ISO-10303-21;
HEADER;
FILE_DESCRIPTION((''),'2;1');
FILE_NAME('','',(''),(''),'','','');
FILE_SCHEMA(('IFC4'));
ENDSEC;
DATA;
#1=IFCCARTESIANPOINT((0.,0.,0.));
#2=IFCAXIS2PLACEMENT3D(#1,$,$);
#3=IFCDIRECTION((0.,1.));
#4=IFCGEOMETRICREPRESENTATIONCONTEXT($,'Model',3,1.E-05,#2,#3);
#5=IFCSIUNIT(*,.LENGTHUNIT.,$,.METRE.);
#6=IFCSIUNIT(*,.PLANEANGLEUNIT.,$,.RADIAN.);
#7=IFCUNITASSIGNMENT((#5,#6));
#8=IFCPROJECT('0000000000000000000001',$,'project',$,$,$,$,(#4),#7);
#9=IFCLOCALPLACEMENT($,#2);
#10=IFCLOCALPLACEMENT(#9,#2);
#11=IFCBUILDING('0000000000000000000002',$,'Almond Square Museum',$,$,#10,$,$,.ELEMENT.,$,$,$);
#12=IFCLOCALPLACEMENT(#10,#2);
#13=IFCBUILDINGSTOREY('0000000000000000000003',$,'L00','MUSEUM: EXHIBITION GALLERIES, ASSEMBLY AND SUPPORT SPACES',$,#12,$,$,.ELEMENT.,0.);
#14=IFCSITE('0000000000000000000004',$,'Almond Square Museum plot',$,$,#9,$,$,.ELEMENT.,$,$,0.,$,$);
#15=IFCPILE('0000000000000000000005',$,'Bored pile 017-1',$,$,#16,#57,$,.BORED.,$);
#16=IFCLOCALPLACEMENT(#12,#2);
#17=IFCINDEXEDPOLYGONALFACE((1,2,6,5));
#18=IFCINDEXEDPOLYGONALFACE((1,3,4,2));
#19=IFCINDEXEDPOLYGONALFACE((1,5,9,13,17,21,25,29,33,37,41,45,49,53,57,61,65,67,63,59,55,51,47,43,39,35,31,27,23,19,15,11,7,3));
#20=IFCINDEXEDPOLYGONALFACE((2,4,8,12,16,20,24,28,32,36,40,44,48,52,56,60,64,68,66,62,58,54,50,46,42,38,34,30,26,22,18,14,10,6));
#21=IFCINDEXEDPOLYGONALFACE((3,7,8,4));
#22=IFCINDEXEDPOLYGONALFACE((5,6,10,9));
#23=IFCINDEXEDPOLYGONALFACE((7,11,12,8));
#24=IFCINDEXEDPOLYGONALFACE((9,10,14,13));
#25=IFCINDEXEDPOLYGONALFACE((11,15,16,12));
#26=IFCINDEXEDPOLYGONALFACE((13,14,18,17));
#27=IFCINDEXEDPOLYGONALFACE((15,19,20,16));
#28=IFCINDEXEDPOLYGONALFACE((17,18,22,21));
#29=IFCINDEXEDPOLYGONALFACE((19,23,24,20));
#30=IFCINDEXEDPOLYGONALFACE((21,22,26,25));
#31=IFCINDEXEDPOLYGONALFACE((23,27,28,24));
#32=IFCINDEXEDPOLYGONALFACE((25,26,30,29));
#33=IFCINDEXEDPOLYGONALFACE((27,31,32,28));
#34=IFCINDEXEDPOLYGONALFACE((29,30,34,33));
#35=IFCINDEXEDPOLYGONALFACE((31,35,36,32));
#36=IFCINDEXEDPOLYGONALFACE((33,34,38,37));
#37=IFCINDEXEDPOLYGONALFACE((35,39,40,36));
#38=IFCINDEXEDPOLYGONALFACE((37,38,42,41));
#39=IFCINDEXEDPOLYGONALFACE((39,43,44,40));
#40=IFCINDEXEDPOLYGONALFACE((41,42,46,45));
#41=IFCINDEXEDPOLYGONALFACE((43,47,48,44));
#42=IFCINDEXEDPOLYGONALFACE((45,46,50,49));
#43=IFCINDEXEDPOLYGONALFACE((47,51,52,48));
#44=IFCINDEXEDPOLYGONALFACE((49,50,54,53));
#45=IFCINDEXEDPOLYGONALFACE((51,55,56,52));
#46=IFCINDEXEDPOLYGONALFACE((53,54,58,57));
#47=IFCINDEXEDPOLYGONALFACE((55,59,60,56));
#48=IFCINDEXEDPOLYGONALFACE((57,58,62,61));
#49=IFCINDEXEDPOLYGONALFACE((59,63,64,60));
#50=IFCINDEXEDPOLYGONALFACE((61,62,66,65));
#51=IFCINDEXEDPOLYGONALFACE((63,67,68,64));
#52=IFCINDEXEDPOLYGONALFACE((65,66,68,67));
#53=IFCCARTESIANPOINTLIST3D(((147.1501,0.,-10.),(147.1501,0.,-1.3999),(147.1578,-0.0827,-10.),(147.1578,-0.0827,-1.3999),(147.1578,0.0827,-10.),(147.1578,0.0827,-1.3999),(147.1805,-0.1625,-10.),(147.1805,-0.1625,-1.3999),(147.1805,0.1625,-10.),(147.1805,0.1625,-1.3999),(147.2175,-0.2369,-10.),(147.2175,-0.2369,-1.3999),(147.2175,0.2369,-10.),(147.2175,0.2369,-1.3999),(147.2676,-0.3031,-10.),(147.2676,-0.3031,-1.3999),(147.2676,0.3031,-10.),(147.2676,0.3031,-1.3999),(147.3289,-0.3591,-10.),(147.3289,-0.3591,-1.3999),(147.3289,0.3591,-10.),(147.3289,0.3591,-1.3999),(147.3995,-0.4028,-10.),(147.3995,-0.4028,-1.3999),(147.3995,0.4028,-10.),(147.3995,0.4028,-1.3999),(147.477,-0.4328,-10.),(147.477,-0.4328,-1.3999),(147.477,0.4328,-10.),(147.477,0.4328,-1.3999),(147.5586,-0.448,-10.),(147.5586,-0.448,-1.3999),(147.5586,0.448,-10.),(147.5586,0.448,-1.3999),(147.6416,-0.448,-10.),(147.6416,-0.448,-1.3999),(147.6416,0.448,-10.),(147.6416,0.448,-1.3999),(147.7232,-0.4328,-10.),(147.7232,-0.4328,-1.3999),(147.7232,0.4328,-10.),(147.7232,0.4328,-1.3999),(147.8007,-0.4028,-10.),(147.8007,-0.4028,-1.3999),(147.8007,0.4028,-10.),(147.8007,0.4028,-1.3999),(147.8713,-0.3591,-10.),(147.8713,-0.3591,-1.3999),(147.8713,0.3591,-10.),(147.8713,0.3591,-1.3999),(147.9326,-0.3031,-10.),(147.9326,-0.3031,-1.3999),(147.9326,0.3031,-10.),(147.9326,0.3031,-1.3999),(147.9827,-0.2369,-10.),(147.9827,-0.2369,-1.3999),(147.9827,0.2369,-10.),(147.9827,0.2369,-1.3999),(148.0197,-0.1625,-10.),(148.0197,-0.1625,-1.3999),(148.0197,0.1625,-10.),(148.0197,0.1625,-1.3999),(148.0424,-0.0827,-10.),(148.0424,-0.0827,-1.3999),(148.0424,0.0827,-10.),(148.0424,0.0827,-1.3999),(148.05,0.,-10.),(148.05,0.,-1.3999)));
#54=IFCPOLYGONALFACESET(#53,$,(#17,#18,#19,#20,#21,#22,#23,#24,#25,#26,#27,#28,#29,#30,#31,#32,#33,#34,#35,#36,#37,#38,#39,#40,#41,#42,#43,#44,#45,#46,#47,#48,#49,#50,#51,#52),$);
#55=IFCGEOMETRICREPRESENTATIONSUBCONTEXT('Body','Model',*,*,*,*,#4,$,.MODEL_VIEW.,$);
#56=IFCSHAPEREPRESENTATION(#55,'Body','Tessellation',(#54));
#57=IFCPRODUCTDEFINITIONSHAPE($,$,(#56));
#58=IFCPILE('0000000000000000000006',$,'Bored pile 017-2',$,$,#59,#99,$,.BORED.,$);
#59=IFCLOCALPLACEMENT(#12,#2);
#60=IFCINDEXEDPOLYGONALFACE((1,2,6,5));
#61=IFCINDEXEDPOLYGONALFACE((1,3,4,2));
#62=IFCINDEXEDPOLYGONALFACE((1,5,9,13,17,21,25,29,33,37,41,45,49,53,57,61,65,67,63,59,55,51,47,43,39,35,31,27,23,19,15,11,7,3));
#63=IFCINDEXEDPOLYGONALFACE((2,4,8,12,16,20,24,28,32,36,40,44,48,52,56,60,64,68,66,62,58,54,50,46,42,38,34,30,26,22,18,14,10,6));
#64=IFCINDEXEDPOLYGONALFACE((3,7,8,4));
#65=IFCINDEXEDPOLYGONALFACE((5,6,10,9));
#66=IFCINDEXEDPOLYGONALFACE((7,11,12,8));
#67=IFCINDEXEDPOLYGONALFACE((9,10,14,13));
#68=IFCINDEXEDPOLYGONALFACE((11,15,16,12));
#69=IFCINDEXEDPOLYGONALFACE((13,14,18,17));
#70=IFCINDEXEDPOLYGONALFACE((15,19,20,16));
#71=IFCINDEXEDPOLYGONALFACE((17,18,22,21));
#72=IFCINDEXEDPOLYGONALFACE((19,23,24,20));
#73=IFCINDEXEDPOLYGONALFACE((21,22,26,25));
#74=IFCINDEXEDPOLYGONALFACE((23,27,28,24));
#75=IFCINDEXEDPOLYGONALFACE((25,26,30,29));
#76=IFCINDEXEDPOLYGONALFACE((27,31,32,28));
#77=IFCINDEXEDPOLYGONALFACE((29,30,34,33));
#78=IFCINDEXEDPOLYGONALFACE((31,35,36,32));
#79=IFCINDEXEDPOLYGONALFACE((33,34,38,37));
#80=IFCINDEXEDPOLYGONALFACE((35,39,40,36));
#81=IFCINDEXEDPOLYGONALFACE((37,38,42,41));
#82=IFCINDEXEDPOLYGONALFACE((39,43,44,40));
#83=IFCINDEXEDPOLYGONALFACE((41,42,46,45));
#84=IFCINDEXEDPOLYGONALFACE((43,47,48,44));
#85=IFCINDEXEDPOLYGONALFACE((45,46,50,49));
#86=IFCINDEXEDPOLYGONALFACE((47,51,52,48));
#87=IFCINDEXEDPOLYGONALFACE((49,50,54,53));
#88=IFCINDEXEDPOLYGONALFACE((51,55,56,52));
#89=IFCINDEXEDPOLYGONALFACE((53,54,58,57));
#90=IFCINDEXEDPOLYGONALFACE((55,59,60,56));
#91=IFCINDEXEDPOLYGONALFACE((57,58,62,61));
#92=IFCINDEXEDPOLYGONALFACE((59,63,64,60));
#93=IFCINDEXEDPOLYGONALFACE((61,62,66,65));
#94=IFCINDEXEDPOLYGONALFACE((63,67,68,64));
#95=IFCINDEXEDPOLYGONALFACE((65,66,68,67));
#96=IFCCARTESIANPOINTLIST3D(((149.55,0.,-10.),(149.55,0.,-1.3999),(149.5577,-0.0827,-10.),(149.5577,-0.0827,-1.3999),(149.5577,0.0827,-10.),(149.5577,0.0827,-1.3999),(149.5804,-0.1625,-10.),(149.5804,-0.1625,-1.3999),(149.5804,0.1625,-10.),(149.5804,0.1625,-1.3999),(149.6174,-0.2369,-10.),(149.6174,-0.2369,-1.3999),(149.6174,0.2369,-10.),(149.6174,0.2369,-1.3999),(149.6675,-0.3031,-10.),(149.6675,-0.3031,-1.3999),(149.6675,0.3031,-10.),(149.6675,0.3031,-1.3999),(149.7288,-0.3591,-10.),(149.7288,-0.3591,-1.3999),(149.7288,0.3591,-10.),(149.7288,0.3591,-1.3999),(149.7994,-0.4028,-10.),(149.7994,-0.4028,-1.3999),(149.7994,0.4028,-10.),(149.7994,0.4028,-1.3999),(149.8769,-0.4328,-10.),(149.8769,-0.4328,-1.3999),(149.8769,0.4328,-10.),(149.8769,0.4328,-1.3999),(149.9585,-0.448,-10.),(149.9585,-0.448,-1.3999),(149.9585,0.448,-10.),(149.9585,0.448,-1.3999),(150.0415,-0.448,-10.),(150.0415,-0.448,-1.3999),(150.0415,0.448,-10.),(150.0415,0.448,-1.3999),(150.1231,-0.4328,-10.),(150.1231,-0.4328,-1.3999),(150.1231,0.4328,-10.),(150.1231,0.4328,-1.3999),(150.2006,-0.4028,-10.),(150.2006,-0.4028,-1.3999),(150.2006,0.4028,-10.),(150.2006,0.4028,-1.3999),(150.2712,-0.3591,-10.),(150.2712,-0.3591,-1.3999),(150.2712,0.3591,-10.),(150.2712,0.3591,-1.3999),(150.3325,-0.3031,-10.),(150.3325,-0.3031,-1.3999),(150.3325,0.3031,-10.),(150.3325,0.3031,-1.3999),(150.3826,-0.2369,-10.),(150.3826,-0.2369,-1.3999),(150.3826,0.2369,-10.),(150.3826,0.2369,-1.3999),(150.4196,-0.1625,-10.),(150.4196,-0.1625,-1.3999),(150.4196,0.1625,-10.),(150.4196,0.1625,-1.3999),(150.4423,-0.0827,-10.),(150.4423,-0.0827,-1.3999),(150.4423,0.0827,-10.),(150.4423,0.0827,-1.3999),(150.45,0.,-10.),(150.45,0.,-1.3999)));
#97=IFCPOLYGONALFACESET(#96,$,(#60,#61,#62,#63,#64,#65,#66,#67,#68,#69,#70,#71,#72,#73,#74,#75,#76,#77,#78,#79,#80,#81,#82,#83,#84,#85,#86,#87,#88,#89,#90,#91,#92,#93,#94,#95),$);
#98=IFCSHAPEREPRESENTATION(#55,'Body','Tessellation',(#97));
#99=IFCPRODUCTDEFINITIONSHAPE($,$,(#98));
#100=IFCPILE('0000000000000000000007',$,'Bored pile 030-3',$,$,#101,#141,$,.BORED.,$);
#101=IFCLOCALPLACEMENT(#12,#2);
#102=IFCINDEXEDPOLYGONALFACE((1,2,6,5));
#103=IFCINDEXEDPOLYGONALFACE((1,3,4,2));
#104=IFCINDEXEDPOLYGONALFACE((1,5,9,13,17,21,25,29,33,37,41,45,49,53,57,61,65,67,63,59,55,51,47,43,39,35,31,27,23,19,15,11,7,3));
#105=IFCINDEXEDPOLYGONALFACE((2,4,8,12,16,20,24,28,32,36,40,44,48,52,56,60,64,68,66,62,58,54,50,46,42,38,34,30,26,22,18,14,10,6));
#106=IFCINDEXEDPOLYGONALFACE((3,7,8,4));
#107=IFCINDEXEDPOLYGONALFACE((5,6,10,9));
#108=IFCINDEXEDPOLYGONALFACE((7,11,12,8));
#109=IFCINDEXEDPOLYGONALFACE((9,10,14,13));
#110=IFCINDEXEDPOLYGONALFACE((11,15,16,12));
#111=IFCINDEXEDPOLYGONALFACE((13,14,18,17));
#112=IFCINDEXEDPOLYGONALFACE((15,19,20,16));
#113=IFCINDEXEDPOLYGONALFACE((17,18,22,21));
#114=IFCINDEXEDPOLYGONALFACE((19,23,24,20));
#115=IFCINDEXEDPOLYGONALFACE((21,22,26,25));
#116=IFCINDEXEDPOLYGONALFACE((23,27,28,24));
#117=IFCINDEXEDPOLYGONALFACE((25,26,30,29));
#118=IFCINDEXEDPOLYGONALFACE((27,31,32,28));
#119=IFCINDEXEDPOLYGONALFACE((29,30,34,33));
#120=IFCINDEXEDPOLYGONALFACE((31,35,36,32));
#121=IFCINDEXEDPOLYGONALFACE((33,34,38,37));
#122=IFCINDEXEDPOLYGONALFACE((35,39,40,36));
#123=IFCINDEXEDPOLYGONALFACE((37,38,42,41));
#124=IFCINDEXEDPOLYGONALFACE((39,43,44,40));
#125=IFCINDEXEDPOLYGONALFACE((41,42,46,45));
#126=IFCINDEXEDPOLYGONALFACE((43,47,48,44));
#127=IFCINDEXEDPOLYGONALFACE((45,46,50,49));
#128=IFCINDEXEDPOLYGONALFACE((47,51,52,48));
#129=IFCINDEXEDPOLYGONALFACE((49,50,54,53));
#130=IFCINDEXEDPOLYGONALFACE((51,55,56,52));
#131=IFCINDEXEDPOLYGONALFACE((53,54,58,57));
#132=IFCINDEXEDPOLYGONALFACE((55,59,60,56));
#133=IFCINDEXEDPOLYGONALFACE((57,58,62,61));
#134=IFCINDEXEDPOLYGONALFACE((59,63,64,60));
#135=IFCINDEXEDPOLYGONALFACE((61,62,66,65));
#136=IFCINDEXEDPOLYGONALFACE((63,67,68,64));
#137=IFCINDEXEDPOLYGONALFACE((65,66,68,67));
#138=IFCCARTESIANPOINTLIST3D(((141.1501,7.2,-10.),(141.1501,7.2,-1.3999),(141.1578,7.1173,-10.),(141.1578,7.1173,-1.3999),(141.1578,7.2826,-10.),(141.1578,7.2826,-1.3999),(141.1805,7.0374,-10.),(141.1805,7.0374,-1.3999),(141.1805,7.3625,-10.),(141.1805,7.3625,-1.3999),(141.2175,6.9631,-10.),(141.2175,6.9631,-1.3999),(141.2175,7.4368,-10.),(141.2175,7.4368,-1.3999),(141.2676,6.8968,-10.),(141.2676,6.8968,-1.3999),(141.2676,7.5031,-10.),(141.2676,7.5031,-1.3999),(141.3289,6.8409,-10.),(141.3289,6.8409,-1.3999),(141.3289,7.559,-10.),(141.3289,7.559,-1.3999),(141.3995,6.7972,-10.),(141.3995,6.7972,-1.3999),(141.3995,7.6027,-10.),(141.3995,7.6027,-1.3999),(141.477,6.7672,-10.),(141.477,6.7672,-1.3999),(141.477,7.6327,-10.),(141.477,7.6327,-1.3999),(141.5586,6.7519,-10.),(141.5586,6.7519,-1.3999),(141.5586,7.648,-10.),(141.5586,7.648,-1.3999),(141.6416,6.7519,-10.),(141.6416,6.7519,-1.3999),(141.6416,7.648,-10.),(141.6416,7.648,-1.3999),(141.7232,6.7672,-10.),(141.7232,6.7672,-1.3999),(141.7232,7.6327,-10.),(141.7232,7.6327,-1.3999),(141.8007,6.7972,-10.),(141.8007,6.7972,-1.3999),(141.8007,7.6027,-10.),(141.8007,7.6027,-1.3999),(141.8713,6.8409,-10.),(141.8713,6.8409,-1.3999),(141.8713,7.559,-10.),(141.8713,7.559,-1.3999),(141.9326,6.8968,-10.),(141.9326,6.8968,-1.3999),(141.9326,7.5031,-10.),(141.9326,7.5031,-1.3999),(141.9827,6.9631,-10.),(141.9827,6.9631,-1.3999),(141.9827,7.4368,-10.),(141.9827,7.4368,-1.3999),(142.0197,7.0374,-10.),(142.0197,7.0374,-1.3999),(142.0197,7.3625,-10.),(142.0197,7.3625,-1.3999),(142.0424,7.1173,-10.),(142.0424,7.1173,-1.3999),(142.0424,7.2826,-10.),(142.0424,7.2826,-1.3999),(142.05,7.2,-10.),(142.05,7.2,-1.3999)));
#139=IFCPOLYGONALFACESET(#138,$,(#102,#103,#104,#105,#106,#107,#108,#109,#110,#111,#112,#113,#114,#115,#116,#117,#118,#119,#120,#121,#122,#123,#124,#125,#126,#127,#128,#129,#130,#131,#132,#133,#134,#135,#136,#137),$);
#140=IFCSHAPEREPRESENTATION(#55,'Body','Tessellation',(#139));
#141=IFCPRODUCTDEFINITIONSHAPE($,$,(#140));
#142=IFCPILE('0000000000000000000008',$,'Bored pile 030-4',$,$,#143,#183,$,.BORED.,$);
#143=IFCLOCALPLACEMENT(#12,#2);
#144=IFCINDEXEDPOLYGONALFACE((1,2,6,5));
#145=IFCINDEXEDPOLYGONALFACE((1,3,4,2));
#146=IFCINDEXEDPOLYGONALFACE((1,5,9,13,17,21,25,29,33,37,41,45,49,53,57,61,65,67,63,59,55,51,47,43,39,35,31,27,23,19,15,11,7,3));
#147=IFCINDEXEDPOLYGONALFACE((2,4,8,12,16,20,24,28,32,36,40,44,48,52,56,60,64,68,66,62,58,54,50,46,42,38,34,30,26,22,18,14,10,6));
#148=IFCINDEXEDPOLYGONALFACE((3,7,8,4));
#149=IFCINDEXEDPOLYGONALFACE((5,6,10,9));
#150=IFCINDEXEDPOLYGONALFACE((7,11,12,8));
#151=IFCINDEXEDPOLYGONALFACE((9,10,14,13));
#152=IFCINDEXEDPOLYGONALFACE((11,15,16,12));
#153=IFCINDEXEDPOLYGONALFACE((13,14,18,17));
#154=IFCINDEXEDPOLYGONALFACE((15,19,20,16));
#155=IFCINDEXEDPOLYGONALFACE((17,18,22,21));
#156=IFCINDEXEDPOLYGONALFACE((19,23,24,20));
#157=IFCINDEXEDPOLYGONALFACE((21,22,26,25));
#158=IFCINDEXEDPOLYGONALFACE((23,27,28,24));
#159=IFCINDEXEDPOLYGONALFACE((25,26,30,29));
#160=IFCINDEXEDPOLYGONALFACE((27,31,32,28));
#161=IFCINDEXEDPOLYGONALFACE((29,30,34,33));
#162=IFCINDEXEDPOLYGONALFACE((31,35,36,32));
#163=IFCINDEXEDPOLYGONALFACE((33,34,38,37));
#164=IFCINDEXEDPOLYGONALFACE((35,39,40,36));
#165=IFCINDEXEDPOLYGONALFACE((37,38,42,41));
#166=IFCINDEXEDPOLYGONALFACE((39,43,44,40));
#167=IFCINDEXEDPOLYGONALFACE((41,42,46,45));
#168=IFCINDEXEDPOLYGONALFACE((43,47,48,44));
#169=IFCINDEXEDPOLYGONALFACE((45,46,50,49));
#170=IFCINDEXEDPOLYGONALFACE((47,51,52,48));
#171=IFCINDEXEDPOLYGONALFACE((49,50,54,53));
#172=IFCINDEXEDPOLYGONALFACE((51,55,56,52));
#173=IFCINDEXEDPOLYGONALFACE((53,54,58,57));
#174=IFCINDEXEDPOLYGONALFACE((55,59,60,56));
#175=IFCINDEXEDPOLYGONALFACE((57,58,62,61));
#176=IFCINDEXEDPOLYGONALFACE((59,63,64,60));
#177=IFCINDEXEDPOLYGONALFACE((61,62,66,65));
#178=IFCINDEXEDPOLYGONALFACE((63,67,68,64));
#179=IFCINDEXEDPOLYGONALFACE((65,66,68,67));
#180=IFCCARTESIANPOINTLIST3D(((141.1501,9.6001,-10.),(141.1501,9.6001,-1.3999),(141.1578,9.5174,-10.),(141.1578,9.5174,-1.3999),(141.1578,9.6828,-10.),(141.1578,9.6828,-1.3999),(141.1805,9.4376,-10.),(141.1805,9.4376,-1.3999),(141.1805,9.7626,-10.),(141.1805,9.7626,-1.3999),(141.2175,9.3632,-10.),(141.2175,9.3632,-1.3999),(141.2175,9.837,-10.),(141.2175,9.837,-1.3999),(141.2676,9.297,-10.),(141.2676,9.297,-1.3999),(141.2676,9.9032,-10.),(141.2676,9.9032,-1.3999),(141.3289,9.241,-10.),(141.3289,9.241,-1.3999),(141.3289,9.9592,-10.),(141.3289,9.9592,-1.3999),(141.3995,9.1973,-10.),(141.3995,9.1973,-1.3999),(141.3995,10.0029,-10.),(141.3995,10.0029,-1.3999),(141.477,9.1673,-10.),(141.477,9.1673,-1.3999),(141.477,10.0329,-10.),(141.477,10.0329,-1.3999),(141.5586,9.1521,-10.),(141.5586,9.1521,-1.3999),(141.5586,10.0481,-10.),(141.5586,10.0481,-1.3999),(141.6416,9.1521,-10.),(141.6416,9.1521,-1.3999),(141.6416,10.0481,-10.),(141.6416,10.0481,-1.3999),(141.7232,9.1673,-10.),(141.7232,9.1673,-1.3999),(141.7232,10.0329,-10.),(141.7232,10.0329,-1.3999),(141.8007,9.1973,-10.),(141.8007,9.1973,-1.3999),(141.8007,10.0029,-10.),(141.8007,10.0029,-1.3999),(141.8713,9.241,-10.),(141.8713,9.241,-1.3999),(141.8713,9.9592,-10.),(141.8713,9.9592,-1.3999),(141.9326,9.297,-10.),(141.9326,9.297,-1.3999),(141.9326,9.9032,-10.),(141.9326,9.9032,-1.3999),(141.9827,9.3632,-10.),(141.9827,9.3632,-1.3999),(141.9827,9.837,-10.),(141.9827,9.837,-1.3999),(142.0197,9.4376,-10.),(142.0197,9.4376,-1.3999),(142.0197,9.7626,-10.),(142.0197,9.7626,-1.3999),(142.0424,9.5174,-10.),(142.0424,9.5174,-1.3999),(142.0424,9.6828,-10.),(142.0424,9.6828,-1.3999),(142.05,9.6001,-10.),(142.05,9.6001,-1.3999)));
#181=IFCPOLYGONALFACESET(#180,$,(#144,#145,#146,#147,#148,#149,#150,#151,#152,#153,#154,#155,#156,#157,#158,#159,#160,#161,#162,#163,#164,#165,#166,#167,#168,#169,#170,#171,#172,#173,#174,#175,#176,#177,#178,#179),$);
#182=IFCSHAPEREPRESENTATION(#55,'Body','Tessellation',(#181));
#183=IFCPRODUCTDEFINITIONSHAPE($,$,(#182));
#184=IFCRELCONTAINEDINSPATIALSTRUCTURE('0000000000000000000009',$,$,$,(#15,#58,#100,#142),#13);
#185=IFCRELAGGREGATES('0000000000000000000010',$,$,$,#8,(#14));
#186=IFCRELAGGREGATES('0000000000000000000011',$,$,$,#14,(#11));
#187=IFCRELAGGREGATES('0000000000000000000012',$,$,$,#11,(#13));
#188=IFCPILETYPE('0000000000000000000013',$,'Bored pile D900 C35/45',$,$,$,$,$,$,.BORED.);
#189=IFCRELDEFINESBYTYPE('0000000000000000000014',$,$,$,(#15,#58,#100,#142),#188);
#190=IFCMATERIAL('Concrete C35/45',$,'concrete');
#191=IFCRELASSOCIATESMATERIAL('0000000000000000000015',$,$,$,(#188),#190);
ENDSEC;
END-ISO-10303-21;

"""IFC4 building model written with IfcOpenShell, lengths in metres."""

from ifc_helpers import new_model, si_unit, direction, frame, origin, origin_2d, place, context, subcontext, project, spatial, circle, extrude, material, material_profile, profile_set, type_object, element, save


model = new_model("IFC4")

# Units and contexts
model_context = context("Model", 3, precision=1e-05, world=origin(), true_north=direction((0.0, 1.0)))
body_context = subcontext(model_context, "Body", "Model", "MODEL_VIEW")
ifc_project = project(units=[si_unit("LENGTHUNIT", "METRE"), si_unit("PLANEANGLEUNIT", "RADIAN")], contexts=[model_context])

# Site, building, storey
site_placement = place(None, origin())
site = spatial("IfcSite", under=ifc_project, at=site_placement, Name="Almond Square Museum plot", CompositionType="ELEMENT", RefElevation=0.0)
building_placement = place(site_placement, origin())
building = spatial("IfcBuilding", under=site, at=building_placement, Name="Almond Square Museum", CompositionType="ELEMENT")
storey_placement = place(building_placement, origin())
storey = spatial("IfcBuildingStorey", under=building, at=storey_placement, Name="L00", Description="MUSEUM: EXHIBITION GALLERIES, ASSEMBLY AND SUPPORT SPACES", CompositionType="ELEMENT", Elevation=0.0)

# Piles
ifc_material_1 = material(Name="Concrete C35/45", Category="concrete")
ifc_material_profile_1 = material_profile(ifc_material_1, circle(Radius=0.45, at=origin_2d()))
ifc_profile_set_1 = profile_set([ifc_material_profile_1], Name="Concrete C35/45")
pile_type = type_object("IfcPileType", Name="Bored pile D900 C35/45", PredefinedType="BORED", material=ifc_profile_set_1)
for number, where, z_axis, x_axis, name in (
    (1, (147.6001, 0.0, -1.3999), (0.0, 0.0, -1.0), (1.0, 0.0, 0.0), "Bored pile 017-1"),
    (2, (150.0, 0.0, -1.3999), (0.0, 0.0, -1.0), (1.0, 0.0, 0.0), "Bored pile 017-2"),
    (3, (141.6001, 7.2, -1.3999), (0.0, 0.0, -1.0), (1.0, 0.0, 0.0), "Bored pile 030-3"),
    (4, (141.6001, 9.6001, -1.3999), (0.0, 0.0, -1.0), (1.0, 0.0, 0.0), "Bored pile 030-4"),
):
    element("IfcPile", number, at=place(storey_placement, frame(where, z_axis=z_axis, x_axis=x_axis)), inside=storey, type_object=pile_type, Name=name, PredefinedType="BORED", context=body_context, shape_type="SweptSolid", body=[
        extrude(circle(Radius=0.45, at=origin_2d()), origin(), (0.0, 0.0, 1.0), 8.6001),
    ])

save(model, "model.ifc")
